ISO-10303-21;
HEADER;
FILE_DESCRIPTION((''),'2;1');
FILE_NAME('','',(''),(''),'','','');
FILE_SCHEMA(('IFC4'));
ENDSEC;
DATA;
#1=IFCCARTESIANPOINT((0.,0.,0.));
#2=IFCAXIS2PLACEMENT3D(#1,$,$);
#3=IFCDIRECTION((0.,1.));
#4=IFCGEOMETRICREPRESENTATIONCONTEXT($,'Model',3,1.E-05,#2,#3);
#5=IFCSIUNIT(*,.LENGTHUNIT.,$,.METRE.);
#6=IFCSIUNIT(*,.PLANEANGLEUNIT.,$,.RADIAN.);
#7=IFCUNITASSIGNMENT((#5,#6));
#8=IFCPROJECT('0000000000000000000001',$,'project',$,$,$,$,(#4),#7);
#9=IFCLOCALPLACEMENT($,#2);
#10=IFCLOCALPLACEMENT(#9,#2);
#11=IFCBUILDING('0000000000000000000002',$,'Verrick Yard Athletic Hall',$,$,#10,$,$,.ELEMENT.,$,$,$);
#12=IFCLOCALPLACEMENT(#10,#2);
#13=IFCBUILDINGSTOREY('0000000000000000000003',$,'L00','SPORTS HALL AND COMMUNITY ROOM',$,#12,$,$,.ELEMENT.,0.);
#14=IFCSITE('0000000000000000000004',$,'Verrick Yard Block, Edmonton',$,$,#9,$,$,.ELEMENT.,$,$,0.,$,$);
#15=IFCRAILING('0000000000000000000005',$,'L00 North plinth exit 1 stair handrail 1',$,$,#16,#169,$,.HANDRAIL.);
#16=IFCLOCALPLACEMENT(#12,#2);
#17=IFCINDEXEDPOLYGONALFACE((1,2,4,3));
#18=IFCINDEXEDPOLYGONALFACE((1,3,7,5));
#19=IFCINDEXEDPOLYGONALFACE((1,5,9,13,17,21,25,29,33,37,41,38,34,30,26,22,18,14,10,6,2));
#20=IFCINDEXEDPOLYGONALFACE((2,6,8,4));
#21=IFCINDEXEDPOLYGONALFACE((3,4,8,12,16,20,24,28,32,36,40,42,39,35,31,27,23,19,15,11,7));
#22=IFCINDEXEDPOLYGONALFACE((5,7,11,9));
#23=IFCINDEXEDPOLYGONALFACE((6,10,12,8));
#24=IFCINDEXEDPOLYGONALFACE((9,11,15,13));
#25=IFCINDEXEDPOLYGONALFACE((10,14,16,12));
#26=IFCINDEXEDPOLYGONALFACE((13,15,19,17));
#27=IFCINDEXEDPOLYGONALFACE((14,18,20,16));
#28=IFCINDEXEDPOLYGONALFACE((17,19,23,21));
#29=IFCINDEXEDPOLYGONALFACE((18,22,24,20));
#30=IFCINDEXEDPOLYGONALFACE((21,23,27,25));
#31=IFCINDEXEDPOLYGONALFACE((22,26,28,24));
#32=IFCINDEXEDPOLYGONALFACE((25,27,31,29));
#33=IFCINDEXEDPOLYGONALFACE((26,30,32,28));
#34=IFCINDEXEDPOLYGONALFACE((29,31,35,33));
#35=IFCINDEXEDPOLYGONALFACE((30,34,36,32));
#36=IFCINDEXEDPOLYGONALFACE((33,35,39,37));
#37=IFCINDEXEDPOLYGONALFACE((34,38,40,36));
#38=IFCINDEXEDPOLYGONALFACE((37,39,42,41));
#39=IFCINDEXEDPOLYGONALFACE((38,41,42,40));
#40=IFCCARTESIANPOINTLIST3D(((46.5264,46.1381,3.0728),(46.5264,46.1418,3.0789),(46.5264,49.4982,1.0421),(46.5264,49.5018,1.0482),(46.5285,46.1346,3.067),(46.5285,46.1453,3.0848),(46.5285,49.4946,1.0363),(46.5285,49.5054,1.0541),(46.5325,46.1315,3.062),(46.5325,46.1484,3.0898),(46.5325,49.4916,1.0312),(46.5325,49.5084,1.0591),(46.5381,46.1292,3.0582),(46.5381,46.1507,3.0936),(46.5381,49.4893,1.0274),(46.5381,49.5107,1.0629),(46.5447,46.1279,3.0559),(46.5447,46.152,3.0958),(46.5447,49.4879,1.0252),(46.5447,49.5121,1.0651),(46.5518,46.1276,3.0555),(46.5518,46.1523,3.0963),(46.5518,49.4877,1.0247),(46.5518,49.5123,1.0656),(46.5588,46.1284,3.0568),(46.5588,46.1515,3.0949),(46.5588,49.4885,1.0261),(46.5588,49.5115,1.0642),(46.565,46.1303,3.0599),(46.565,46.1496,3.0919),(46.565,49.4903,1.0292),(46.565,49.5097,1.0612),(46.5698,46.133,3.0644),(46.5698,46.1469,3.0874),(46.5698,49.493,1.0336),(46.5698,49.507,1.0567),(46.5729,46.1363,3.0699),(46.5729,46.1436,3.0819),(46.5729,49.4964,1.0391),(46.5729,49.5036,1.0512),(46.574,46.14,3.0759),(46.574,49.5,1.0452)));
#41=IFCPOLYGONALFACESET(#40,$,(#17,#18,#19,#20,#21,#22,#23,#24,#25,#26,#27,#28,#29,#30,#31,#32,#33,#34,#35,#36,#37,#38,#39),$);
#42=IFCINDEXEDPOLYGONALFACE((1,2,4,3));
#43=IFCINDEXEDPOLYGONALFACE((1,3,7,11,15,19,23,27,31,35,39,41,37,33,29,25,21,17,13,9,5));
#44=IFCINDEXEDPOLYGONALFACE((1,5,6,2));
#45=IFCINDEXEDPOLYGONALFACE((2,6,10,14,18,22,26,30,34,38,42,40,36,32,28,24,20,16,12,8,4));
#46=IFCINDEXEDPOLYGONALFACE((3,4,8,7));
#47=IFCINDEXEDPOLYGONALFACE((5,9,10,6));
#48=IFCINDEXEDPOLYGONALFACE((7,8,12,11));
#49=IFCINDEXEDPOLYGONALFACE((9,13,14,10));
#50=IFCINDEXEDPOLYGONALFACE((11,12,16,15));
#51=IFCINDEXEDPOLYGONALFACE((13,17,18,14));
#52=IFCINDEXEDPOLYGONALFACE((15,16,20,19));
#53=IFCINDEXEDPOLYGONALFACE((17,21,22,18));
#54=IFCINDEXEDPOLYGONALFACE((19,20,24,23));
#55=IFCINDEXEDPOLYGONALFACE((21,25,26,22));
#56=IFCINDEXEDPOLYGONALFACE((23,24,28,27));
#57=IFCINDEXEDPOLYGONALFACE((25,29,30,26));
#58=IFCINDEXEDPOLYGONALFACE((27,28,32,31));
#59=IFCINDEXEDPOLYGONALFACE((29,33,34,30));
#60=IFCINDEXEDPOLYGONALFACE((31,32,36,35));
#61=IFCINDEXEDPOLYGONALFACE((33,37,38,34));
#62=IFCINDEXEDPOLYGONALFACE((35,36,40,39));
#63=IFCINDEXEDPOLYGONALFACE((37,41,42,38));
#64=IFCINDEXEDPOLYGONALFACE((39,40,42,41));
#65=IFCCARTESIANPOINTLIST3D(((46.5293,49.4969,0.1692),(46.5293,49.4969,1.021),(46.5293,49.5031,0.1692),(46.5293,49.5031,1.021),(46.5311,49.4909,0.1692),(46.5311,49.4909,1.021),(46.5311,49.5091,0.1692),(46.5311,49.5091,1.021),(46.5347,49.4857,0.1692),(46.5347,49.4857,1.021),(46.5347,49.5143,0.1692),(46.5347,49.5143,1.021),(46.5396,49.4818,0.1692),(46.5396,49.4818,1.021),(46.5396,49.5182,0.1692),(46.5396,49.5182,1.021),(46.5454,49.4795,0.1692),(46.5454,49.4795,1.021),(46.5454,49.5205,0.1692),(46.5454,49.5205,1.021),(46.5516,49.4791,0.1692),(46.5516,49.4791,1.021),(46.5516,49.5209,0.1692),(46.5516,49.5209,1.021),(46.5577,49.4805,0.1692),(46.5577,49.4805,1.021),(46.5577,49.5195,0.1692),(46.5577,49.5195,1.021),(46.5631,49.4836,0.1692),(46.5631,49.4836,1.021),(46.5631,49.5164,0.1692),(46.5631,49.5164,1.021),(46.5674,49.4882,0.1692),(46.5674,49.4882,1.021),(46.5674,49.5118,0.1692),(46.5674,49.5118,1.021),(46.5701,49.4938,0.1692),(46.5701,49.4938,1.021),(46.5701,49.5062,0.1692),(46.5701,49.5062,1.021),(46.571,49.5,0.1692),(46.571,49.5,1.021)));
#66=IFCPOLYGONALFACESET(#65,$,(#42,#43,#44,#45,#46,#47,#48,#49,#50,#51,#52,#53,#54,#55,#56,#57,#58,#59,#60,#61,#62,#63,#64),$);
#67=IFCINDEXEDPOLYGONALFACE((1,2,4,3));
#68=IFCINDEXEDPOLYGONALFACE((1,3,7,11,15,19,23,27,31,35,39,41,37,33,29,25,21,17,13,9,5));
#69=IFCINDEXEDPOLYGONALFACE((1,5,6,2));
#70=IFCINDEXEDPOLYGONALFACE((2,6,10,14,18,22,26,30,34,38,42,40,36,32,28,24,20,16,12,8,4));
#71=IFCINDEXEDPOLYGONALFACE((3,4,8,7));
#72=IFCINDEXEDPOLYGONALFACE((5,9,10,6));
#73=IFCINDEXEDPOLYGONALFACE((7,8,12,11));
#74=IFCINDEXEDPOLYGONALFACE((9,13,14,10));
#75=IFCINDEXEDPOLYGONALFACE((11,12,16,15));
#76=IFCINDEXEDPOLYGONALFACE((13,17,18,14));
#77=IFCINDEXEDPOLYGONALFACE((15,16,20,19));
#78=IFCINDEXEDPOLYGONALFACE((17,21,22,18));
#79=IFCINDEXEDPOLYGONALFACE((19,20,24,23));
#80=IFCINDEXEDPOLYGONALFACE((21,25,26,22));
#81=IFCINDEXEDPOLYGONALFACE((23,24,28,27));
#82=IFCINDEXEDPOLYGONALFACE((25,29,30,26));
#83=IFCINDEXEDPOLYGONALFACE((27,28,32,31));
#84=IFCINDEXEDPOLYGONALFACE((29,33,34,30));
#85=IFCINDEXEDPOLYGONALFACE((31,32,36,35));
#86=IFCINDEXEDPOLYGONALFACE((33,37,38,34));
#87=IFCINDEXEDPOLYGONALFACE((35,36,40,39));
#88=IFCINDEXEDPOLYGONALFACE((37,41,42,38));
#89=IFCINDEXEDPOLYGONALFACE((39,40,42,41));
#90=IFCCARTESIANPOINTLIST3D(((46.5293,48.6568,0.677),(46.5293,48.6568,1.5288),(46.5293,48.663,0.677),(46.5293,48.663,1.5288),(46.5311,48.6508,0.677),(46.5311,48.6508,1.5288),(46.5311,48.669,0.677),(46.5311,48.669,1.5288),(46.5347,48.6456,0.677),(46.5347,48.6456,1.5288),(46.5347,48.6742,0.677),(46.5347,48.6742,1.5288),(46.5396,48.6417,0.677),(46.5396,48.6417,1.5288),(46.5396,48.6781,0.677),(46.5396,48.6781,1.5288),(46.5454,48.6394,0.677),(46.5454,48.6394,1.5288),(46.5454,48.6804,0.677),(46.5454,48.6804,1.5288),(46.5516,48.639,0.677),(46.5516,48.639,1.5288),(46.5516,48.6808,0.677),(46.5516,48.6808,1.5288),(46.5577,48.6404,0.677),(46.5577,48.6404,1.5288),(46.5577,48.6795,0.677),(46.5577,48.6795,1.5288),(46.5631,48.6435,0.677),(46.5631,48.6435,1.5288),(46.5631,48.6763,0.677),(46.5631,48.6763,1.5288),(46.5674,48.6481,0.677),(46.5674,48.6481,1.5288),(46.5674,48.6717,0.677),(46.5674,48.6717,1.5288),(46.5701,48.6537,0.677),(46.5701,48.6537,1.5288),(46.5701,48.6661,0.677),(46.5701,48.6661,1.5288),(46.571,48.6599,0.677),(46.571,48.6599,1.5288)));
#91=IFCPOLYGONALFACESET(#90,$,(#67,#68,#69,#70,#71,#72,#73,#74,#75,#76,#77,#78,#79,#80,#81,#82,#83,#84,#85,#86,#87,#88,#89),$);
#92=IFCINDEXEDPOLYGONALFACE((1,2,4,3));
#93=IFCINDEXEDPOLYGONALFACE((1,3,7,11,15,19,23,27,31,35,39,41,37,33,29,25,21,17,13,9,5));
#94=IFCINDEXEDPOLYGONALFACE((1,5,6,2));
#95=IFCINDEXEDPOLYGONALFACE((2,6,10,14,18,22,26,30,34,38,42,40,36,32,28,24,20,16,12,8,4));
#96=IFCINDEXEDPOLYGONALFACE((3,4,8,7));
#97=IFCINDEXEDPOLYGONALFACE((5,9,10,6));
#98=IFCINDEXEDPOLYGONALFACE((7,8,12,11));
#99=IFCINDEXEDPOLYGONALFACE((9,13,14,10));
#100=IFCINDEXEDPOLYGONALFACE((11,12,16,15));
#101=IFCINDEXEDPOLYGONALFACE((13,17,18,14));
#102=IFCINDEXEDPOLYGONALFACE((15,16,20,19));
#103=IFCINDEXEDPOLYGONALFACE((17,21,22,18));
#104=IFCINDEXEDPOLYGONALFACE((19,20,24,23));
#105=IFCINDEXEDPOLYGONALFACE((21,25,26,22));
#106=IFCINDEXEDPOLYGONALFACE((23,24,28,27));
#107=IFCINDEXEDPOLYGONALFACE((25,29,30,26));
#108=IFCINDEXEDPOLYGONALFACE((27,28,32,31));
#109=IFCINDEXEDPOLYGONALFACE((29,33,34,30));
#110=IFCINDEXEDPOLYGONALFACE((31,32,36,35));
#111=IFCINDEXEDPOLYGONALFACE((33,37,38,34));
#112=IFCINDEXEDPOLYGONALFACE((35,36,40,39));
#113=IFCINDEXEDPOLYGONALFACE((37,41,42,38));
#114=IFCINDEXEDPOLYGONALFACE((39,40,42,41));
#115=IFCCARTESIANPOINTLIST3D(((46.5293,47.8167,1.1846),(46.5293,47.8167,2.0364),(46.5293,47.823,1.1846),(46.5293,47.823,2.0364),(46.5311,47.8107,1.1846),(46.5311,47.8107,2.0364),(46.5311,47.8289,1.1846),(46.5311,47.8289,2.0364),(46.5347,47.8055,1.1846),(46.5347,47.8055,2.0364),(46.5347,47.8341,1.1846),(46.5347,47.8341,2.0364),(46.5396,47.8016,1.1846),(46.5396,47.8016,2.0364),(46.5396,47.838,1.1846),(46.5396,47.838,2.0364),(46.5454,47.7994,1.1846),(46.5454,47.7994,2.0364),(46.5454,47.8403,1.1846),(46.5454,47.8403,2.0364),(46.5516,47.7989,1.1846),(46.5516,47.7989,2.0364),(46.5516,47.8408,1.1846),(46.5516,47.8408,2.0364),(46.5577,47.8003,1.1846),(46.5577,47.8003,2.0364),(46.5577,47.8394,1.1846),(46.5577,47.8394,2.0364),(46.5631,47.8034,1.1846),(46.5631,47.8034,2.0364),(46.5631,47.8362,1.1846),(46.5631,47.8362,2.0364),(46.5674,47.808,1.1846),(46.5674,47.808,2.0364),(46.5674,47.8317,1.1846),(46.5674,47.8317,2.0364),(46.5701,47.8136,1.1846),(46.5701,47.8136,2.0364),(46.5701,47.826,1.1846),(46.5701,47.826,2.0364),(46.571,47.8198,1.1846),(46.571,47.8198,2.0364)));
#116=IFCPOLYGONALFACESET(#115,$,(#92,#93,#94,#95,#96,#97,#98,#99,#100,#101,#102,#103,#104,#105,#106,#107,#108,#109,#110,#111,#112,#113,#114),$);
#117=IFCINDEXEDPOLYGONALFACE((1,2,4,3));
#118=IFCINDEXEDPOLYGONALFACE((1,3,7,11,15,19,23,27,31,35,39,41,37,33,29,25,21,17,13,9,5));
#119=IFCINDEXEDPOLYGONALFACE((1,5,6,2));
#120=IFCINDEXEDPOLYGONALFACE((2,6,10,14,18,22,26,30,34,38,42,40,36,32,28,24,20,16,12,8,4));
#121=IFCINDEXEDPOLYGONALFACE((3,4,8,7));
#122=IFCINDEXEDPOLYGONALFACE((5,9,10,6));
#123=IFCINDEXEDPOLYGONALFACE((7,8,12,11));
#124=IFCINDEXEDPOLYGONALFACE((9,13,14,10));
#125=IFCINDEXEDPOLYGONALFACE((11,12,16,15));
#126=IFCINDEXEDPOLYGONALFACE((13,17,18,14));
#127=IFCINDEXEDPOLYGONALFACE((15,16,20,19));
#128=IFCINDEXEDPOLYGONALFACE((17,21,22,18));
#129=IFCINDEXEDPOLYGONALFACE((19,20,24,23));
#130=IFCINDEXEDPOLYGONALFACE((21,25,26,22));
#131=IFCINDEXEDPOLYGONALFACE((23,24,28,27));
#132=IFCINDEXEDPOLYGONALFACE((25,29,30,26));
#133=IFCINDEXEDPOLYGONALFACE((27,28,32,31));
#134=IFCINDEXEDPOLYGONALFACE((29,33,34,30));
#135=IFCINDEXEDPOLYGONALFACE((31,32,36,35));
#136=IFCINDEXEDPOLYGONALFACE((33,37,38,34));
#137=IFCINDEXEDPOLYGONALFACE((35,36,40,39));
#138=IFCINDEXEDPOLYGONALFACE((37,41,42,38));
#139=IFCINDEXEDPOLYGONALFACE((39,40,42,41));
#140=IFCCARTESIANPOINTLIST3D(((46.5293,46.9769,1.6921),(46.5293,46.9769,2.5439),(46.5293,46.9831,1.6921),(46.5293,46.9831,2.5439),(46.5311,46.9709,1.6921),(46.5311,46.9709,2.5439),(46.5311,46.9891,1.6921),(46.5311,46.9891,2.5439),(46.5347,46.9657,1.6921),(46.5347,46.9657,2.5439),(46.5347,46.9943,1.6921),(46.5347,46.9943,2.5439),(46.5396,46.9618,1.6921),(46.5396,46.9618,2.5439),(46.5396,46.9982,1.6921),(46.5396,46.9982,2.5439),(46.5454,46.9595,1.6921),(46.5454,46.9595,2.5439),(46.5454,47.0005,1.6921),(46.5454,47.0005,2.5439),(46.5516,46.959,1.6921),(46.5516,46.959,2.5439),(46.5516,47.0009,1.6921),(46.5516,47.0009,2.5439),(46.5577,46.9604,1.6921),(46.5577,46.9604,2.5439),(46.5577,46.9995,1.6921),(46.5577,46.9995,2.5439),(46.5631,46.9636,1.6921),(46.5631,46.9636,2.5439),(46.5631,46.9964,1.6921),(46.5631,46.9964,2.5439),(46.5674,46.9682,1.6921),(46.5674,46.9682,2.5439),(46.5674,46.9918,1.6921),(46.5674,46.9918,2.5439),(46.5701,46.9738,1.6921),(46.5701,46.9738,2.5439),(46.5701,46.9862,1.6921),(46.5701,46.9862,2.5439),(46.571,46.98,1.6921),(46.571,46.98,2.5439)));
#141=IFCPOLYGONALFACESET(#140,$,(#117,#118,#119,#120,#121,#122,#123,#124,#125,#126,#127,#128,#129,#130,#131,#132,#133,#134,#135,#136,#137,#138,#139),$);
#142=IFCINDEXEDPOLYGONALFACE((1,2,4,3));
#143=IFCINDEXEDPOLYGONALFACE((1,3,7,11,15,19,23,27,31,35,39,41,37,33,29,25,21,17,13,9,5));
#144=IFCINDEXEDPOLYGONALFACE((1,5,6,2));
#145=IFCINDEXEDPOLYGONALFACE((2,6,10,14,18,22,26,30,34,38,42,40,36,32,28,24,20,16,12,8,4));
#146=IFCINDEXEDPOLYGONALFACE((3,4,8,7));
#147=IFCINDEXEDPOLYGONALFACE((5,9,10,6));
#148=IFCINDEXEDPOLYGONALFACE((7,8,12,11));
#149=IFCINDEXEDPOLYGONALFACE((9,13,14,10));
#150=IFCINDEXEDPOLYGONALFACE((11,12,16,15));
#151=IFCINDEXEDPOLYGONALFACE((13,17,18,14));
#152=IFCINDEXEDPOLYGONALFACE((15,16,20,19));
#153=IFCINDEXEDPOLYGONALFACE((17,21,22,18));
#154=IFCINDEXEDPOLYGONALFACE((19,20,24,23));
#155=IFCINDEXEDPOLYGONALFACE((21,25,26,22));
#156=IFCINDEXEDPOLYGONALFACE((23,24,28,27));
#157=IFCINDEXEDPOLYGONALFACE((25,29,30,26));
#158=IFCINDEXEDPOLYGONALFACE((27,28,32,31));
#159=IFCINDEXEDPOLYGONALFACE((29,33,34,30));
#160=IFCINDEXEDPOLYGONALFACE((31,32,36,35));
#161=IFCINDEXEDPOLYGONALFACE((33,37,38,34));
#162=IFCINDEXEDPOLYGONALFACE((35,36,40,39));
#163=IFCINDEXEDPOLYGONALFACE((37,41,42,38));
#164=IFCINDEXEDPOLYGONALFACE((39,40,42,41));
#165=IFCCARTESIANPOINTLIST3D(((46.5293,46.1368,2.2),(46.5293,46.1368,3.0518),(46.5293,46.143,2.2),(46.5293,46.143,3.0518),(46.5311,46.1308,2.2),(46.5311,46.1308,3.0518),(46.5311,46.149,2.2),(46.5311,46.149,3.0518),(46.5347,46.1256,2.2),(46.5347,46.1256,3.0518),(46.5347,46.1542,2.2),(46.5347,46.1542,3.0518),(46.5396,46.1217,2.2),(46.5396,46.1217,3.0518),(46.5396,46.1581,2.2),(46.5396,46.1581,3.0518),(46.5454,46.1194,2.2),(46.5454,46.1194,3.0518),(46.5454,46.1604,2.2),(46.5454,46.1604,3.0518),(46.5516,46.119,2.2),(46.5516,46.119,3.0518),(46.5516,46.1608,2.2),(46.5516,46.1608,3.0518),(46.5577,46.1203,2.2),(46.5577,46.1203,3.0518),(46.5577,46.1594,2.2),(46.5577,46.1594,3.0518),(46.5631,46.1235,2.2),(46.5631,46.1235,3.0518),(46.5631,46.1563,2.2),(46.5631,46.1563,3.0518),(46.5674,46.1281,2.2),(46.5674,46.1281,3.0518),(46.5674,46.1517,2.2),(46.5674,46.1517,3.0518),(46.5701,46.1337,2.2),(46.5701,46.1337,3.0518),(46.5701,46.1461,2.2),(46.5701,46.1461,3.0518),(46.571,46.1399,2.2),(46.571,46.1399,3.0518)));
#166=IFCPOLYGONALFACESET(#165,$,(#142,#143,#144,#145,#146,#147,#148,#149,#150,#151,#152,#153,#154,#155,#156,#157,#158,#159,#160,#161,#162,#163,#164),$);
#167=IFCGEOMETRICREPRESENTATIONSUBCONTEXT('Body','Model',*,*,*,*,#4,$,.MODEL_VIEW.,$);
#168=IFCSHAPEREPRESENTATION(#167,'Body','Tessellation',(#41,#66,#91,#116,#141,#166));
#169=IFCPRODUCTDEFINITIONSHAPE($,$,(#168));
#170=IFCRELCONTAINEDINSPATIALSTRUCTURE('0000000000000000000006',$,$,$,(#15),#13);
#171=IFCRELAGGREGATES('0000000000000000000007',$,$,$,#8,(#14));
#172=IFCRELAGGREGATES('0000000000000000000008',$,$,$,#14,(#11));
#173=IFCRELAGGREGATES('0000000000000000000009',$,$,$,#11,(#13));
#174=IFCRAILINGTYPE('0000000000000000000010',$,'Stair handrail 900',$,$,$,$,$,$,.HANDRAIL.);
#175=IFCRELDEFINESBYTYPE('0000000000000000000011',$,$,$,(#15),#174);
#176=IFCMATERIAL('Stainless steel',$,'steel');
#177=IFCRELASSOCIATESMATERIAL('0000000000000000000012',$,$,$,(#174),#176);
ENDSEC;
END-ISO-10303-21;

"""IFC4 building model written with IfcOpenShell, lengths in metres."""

from ifc_helpers import new_model, si_unit, direction, frame, origin, origin_2d, place, context, subcontext, project, spatial, circle, extrude, material, type_object, element, save


model = new_model("IFC4")

# Units and contexts
model_context = context("Model", 3, precision=1e-05, world=origin(), true_north=direction((0.0, 1.0)))
body_context = subcontext(model_context, "Body", "Model", "MODEL_VIEW")
ifc_project = project(units=[si_unit("LENGTHUNIT", "METRE"), si_unit("PLANEANGLEUNIT", "RADIAN")], contexts=[model_context])

# Site, building, storey
site_placement = place(None, origin())
site = spatial("IfcSite", under=ifc_project, at=site_placement, Name="Verrick Yard Block, Edmonton", CompositionType="ELEMENT", RefElevation=0.0)
building_placement = place(site_placement, origin())
building = spatial("IfcBuilding", under=site, at=building_placement, Name="Verrick Yard Athletic Hall", CompositionType="ELEMENT")
storey_placement = place(building_placement, origin())
storey = spatial("IfcBuildingStorey", under=building, at=storey_placement, Name="L00", Description="SPORTS HALL AND COMMUNITY ROOM", CompositionType="ELEMENT", Elevation=0.0)

# Railing
ifc_material_1 = material(Name="Stainless steel", Category="steel")
railing_type_1 = type_object("IfcRailingType", Name="Stair handrail 900", PredefinedType="HANDRAIL", material=ifc_material_1)
railing_1_placement = place(storey_placement, frame((46.55, 49.5, 0.1692)))
element("IfcRailing", 1, at=railing_1_placement, inside=storey, type_object=railing_type_1, Name="L00 North plinth exit 1 stair handrail 1", PredefinedType="HANDRAIL", context=body_context, shape_type="SweptSolid", body=[
    extrude(circle(Radius=0.0239, at=origin_2d()), frame((0.0, 0.0, 0.876), z_axis=(0.0, -0.855837, 0.517246), x_axis=(1.0, 0.0, 0.0)), (0.0, 0.0, 1.0), 3.926),
    extrude(circle(Radius=0.021, at=origin_2d()), origin(), (0.0, 0.0, 1.0), 0.8518),
    extrude(circle(Radius=0.021, at=origin_2d()), frame((0.0, -0.8401, 0.5078)), (0.0, 0.0, 1.0), 0.8518),
    extrude(circle(Radius=0.021, at=origin_2d()), frame((0.0, -1.6802, 1.0154)), (0.0, 0.0, 1.0), 0.8518),
    extrude(circle(Radius=0.021, at=origin_2d()), frame((0.0, -2.52, 1.5229)), (0.0, 0.0, 1.0), 0.8518),
    extrude(circle(Radius=0.021, at=origin_2d()), frame((0.0, -3.3601, 2.0308)), (0.0, 0.0, 1.0), 0.8518),
])

save(model, "model.ifc")
